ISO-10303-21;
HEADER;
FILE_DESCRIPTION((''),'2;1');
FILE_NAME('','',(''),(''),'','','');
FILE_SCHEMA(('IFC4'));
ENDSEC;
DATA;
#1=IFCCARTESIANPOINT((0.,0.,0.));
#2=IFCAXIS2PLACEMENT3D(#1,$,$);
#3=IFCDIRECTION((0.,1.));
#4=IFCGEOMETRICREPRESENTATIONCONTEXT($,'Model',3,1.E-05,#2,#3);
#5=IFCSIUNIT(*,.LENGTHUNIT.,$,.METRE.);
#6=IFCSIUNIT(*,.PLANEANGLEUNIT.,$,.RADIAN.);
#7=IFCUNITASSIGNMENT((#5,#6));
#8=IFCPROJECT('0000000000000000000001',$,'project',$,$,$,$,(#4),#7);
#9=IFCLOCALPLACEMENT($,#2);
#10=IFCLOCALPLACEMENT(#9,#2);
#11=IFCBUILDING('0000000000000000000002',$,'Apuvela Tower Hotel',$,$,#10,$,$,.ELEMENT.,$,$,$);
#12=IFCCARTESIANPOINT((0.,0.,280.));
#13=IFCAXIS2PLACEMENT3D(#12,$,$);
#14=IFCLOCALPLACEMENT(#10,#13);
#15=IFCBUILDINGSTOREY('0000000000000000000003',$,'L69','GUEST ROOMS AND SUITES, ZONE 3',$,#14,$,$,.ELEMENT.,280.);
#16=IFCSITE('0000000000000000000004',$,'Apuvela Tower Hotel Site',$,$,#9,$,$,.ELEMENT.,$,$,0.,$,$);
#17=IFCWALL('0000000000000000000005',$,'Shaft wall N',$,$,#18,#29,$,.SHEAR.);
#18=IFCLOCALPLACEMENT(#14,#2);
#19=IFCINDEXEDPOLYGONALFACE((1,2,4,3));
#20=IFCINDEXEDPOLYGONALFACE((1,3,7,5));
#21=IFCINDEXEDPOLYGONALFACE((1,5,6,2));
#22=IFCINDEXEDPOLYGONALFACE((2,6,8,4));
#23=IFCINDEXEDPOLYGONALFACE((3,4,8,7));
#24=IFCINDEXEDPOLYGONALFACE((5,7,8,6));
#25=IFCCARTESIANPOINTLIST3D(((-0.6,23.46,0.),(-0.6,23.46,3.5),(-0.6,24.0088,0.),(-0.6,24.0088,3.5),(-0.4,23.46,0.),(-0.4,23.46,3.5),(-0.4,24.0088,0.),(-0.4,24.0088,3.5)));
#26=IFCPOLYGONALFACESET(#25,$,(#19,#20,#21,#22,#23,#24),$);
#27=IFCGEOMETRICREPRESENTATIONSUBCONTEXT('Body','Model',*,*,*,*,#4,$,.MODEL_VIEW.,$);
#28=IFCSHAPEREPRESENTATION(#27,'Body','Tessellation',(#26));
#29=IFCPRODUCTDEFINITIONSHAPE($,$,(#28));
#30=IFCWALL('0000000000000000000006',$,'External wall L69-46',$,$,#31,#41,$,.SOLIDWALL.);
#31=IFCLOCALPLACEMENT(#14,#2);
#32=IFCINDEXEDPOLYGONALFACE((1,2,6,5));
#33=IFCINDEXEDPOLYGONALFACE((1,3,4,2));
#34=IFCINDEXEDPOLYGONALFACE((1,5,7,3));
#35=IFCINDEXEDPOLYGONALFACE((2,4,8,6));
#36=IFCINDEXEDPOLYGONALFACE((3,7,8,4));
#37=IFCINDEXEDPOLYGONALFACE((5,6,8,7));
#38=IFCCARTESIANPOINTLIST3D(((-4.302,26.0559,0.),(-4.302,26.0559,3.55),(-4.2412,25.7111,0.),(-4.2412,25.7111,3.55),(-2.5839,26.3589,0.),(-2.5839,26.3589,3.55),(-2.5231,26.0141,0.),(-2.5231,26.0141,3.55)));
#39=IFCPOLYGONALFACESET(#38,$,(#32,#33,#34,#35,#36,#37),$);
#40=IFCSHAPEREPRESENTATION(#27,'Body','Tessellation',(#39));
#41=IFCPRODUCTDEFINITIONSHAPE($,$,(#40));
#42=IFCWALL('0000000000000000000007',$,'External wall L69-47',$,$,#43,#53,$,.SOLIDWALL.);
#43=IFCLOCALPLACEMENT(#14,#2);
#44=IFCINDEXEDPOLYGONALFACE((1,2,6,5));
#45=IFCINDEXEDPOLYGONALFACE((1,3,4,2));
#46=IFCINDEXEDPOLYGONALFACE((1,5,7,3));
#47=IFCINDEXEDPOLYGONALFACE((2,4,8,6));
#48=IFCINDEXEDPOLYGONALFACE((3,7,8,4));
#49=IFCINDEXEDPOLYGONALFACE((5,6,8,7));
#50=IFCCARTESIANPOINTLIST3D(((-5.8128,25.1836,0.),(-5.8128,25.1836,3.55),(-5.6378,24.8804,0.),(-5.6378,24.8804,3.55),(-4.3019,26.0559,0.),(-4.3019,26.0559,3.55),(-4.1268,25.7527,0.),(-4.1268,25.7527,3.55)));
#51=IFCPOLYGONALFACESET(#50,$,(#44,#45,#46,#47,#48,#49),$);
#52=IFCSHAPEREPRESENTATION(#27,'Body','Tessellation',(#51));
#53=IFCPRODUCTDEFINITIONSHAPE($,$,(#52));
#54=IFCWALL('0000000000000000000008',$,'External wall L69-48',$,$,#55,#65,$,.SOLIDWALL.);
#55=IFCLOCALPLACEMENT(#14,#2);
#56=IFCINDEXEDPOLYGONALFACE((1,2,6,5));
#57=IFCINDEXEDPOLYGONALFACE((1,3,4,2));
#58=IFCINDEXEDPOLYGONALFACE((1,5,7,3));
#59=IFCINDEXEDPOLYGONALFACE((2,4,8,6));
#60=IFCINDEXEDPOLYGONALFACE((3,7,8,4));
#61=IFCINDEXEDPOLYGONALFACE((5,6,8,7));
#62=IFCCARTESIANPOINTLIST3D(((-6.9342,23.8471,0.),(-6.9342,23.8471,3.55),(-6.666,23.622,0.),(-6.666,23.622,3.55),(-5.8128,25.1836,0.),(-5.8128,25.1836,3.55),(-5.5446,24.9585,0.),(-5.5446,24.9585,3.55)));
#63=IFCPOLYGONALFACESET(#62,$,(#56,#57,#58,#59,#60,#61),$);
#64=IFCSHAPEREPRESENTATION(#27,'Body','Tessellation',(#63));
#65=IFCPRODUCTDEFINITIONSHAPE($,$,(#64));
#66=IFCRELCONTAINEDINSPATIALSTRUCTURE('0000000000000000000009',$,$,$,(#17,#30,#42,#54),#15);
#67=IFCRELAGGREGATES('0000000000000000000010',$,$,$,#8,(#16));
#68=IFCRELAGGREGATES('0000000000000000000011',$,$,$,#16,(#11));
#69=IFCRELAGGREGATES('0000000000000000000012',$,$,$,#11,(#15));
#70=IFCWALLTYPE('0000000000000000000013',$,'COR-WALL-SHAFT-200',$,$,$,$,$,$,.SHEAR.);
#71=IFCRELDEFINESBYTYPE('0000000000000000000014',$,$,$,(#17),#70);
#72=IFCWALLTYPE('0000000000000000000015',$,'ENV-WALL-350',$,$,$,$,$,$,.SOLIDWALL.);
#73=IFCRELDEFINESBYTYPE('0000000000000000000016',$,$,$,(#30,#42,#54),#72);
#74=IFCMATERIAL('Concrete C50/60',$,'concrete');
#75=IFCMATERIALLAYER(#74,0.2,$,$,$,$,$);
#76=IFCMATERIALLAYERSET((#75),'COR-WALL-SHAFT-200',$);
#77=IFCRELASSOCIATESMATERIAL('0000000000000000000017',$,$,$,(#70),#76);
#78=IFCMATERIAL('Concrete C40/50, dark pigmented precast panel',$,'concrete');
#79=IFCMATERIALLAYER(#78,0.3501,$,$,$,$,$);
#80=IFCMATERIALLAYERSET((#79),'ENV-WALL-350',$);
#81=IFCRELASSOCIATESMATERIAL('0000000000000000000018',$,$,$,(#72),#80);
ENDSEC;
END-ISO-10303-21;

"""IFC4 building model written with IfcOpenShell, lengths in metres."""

from ifc_helpers import new_model, si_unit, direction, frame, frame_2d, origin, place, context, subcontext, project, spatial, rectangle, extrude, material, layer, layer_set, type_object, element, save


model = new_model("IFC4")

# Units and contexts
model_context = context("Model", 3, precision=1e-05, world=origin(), true_north=direction((0.0, 1.0)))
body_context = subcontext(model_context, "Body", "Model", "MODEL_VIEW")
ifc_project = project(units=[si_unit("LENGTHUNIT", "METRE"), si_unit("PLANEANGLEUNIT", "RADIAN")], contexts=[model_context])

# Site, building, storey
site_placement = place(None, origin())
site = spatial("IfcSite", under=ifc_project, at=site_placement, Name="Apuvela Tower Hotel Site", CompositionType="ELEMENT", RefElevation=0.0)
building_placement = place(site_placement, origin())
building = spatial("IfcBuilding", under=site, at=building_placement, Name="Apuvela Tower Hotel", CompositionType="ELEMENT")
storey_placement = place(building_placement, frame((0.0, 0.0, 280.0)))
storey = spatial("IfcBuildingStorey", under=building, at=storey_placement, Name="L69", Description="GUEST ROOMS AND SUITES, ZONE 3", CompositionType="ELEMENT", Elevation=280.0)

# Shared definitions
ifc_material_1 = material(Name="Concrete C50/60", Category="concrete")
ifc_layer_1 = layer(ifc_material_1, 0.2)
ifc_layer_set_1 = layer_set([ifc_layer_1], Name="COR-WALL-SHAFT-200")
wall_type_1 = type_object("IfcWallType", Name="COR-WALL-SHAFT-200", PredefinedType="SHEAR", material=ifc_layer_set_1)

# Wall
wall_1_placement = place(storey_placement, frame((-0.5, 23.46, 0.0), z_axis=(0.0, 0.0, 1.0), x_axis=(0.0, 1.0, 0.0)))
element("IfcWall", 1, at=wall_1_placement, inside=storey, type_object=wall_type_1, Name="Shaft wall N", PredefinedType="SHEAR", context=body_context, shape_type="SweptSolid", body=[
    extrude(rectangle(XDim=0.5488, YDim=0.2, at=frame_2d((0.2744, 0.0))), origin(), (0.0, 0.0, 1.0), 3.5),
])

# Shared definitions
ifc_material_2 = material(Name="Concrete C40/50, dark pigmented precast panel", Category="concrete")
ifc_layer_2 = layer(ifc_material_2, 0.3501)
ifc_layer_set_2 = layer_set([ifc_layer_2], Name="ENV-WALL-350")
wall_type_2 = type_object("IfcWallType", Name="ENV-WALL-350", PredefinedType="SOLIDWALL", material=ifc_layer_set_2)

# Walls
for number, where, z_axis, x_axis, name in (
    (2, (-2.5535, 26.1865, 0.0), (0.0, 0.0, 1.0), (-0.984803, -0.173674, 0.0), "External wall L69-46"),
    (3, (-4.2144, 25.9043, 0.0), (0.0, 0.0, 1.0), (-0.866039, -0.499977, 0.0), "External wall L69-47"),
    (4, (-5.6787, 25.071, 0.0), (0.0, 0.0, 1.0), (-0.642769, -0.76606, 0.0), "External wall L69-48"),
):
    element("IfcWall", number, at=place(storey_placement, frame(where, z_axis=z_axis, x_axis=x_axis)), inside=storey, type_object=wall_type_2, Name=name, PredefinedType="SOLIDWALL", context=body_context, shape_type="SweptSolid", body=[
        extrude(rectangle(XDim=1.7446, YDim=0.3501, at=frame_2d((0.8723, 0.0))), origin(), (0.0, 0.0, 1.0), 3.55),
    ])

save(model, "model.ifc")
